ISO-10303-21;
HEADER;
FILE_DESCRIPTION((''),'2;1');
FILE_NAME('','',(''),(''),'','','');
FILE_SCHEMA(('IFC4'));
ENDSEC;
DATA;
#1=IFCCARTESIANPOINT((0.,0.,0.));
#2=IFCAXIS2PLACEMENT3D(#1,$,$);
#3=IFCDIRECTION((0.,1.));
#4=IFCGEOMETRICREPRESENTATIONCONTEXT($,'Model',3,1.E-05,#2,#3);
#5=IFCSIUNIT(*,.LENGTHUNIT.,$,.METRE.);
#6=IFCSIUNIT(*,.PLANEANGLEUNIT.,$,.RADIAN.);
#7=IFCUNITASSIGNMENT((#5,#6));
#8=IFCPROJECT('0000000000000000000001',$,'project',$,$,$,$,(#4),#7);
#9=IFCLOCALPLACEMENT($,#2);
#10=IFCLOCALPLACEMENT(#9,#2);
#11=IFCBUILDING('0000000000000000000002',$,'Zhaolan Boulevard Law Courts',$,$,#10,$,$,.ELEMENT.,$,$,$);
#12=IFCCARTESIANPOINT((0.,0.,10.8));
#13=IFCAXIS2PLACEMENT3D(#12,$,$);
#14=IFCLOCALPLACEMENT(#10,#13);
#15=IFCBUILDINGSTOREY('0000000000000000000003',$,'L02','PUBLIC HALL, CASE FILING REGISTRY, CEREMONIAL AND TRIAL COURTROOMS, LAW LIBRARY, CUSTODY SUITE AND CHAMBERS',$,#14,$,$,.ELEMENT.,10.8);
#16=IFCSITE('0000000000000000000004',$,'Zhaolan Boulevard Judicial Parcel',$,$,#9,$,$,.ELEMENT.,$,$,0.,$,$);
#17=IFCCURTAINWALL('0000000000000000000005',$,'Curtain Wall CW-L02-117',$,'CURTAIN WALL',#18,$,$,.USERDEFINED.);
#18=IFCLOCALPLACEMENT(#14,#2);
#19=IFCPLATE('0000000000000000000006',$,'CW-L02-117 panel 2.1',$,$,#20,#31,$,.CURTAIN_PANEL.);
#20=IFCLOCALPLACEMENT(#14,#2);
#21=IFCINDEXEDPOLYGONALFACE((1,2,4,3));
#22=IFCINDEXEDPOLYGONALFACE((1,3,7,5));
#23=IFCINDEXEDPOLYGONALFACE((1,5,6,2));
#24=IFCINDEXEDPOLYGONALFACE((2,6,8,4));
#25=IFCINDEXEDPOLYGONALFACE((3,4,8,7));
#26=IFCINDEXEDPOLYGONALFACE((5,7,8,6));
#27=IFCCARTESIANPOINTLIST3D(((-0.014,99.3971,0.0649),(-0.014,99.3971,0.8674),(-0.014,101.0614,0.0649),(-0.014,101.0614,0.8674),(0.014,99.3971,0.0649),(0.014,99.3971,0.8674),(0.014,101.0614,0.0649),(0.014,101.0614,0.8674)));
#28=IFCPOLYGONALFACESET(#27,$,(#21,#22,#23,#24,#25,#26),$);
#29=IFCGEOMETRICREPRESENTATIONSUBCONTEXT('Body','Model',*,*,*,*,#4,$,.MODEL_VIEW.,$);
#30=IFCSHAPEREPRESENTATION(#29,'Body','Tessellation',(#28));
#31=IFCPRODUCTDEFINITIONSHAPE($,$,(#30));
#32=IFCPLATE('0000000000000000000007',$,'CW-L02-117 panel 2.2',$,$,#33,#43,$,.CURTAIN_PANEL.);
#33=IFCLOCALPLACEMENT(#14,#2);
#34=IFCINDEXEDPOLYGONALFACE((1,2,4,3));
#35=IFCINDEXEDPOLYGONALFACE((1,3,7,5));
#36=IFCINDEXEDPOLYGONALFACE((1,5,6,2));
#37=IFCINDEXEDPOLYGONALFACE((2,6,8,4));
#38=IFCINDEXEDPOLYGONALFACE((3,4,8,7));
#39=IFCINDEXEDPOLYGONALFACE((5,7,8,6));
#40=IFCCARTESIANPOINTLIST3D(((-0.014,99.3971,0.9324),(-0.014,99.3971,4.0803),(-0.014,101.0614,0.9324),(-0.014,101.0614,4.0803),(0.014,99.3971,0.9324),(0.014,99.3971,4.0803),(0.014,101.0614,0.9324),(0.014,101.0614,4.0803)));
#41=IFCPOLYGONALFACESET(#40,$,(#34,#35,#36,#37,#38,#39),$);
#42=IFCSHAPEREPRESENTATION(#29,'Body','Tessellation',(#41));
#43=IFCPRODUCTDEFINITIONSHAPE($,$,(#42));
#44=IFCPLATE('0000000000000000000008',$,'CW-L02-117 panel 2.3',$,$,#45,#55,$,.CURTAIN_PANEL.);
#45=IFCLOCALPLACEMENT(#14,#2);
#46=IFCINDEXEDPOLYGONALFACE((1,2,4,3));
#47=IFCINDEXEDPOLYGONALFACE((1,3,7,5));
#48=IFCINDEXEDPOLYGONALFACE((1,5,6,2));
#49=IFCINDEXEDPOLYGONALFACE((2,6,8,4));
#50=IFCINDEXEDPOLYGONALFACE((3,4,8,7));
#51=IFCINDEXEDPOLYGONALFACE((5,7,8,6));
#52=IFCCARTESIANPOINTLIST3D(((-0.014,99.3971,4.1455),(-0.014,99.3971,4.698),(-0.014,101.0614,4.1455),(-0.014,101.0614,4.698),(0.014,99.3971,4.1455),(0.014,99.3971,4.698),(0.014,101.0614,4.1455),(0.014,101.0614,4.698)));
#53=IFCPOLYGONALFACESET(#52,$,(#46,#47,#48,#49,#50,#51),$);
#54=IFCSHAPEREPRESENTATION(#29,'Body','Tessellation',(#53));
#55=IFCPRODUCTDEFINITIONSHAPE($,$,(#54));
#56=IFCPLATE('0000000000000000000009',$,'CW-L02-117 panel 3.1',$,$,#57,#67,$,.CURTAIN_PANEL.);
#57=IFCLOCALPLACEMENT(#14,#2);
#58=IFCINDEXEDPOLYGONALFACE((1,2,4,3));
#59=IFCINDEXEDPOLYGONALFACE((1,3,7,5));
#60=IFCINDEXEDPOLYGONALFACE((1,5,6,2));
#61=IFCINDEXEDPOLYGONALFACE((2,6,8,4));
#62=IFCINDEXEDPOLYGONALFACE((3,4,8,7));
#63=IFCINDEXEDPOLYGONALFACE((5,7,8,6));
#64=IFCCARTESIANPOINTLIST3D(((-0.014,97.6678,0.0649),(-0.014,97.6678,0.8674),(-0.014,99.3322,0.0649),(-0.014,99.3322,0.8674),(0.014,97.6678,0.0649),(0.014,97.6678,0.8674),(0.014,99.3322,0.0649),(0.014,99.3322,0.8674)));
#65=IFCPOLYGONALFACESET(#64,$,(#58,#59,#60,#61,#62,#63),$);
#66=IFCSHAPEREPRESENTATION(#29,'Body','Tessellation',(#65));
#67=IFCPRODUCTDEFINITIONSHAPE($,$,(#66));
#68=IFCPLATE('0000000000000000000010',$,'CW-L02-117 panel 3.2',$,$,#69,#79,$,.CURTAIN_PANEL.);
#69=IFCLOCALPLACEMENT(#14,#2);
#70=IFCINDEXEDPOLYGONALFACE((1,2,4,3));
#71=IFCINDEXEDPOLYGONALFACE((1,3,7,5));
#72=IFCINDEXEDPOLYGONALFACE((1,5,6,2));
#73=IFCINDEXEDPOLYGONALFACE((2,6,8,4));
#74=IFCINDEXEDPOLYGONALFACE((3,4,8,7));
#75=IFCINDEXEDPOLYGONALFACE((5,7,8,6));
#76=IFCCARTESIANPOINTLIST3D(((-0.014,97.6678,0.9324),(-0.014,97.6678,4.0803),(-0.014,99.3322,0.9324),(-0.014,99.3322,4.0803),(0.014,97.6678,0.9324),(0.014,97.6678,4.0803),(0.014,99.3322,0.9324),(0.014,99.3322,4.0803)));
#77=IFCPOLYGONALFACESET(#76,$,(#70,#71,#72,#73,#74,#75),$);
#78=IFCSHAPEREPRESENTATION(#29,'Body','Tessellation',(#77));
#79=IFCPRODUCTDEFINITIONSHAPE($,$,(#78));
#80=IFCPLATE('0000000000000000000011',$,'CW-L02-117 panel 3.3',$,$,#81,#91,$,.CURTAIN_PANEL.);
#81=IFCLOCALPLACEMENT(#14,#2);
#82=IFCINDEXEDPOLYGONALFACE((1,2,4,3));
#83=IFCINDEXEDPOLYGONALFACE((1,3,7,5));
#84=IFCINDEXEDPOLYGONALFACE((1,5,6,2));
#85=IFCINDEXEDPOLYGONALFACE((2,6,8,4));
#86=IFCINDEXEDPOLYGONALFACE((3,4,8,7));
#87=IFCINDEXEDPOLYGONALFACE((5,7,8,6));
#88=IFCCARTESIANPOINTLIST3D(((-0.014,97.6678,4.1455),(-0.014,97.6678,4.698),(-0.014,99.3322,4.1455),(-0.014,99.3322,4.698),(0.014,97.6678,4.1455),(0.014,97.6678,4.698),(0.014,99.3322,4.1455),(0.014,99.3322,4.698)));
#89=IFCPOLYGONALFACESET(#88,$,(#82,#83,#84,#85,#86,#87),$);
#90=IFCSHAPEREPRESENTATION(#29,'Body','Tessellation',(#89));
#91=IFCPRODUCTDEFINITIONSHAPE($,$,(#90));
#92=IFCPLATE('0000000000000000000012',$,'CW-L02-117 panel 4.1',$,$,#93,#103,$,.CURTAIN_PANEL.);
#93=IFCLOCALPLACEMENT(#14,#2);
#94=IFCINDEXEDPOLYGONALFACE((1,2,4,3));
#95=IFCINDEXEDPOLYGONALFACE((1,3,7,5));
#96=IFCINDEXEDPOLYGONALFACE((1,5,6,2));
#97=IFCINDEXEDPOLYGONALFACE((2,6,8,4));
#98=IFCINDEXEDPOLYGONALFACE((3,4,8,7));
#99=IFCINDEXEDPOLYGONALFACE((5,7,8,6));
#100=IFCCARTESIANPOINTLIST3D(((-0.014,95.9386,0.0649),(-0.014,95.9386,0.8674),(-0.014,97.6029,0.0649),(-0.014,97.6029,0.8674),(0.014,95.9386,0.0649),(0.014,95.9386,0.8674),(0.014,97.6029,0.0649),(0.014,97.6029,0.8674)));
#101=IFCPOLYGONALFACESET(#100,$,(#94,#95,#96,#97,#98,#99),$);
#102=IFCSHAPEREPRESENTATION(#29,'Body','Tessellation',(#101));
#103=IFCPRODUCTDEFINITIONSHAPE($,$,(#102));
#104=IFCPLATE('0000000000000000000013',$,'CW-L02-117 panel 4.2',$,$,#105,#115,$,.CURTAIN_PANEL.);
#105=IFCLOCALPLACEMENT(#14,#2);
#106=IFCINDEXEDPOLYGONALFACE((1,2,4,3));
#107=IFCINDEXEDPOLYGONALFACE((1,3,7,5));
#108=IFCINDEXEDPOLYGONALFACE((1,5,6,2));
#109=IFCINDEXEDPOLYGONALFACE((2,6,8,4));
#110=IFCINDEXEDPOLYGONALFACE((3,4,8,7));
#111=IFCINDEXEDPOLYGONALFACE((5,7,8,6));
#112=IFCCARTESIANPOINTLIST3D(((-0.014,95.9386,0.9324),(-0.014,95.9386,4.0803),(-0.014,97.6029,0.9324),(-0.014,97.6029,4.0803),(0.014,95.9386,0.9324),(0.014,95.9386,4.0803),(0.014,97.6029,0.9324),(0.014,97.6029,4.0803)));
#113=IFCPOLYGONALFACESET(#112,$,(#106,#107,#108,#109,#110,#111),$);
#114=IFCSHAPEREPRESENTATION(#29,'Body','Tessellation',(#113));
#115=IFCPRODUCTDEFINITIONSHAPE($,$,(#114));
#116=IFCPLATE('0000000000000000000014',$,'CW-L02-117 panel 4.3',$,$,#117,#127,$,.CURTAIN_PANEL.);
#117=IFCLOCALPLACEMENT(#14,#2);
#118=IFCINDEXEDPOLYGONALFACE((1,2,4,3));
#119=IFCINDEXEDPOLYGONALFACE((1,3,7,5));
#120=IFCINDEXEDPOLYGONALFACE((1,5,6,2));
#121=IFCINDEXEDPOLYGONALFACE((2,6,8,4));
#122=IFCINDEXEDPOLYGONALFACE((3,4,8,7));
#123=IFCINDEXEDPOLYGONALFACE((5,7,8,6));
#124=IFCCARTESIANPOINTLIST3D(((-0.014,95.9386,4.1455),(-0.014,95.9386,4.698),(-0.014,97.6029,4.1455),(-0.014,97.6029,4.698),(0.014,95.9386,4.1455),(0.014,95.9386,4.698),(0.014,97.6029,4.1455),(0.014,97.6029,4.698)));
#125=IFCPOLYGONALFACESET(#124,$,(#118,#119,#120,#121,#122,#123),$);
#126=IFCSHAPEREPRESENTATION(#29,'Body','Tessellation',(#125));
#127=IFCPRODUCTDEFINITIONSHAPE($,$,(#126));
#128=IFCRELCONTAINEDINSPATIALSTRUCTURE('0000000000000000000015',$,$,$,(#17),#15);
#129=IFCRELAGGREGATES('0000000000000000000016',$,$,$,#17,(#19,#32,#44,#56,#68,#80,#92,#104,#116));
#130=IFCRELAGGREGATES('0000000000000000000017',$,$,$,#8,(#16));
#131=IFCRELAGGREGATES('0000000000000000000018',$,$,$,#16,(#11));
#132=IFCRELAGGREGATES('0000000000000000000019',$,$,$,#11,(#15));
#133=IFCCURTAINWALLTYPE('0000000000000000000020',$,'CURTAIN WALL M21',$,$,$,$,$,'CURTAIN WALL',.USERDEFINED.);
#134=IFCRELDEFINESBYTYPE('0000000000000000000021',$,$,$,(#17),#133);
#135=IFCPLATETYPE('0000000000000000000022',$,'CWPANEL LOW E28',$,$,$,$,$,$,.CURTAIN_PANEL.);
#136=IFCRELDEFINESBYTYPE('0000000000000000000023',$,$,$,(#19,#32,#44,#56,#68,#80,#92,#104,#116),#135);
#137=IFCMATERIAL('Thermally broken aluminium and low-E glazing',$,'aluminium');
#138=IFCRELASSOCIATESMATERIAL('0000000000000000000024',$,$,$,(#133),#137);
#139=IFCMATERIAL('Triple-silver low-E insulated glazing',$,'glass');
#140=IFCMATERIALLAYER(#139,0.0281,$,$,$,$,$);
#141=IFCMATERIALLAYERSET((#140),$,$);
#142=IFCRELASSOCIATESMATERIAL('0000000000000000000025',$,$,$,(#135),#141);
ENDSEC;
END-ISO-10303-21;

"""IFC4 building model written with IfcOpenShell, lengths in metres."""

from ifc_helpers import new_model, si_unit, direction, frame, origin, origin_2d, place, context, subcontext, project, spatial, rectangle, extrude, material, layer, layer_set, type_object, element, aggregate, save


model = new_model("IFC4")

# Units and contexts
model_context = context("Model", 3, precision=1e-05, world=origin(), true_north=direction((0.0, 1.0)))
body_context = subcontext(model_context, "Body", "Model", "MODEL_VIEW")
ifc_project = project(units=[si_unit("LENGTHUNIT", "METRE"), si_unit("PLANEANGLEUNIT", "RADIAN")], contexts=[model_context])

# Site, building, storey
site_placement = place(None, origin())
site = spatial("IfcSite", under=ifc_project, at=site_placement, Name="Zhaolan Boulevard Judicial Parcel", CompositionType="ELEMENT", RefElevation=0.0)
building_placement = place(site_placement, origin())
building = spatial("IfcBuilding", under=site, at=building_placement, Name="Zhaolan Boulevard Law Courts", CompositionType="ELEMENT")
storey_placement = place(building_placement, frame((0.0, 0.0, 10.8)))
storey = spatial("IfcBuildingStorey", under=building, at=storey_placement, Name="L02", Description="PUBLIC HALL, CASE FILING REGISTRY, CEREMONIAL AND TRIAL COURTROOMS, LAW LIBRARY, CUSTODY SUITE AND CHAMBERS", CompositionType="ELEMENT", Elevation=10.8)

# Curtain wall, plates
ifc_material_1 = material(Name="Thermally broken aluminium and low-E glazing", Category="aluminium")
curtain_wall_type = type_object("IfcCurtainWallType", Name="CURTAIN WALL M21", ElementType="CURTAIN WALL", PredefinedType="USERDEFINED", material=ifc_material_1)
curtain_wall_placement = place(storey_placement, origin())
curtain_wall = element("IfcCurtainWall", 1, at=curtain_wall_placement, inside=storey, type_object=curtain_wall_type, Name="Curtain Wall CW-L02-117", ObjectType="CURTAIN WALL", PredefinedType="USERDEFINED")
ifc_material_2 = material(Name="Triple-silver low-E insulated glazing", Category="glass")
ifc_layer = layer(ifc_material_2, 0.0281)
ifc_layer_set = layer_set([ifc_layer])
plate_type = type_object("IfcPlateType", Name="CWPANEL LOW E28", PredefinedType="CURTAIN_PANEL", material=ifc_layer_set)
plate_1_placement = place(storey_placement, frame((0.0, 100.2292, 0.0649), z_axis=(0.0, 0.0, 1.0), x_axis=(0.0, -1.0, 0.0)))
plate_1 = element("IfcPlate", 2, at=plate_1_placement, type_object=plate_type, Name="CW-L02-117 panel 2.1", PredefinedType="CURTAIN_PANEL", context=body_context, shape_type="SweptSolid", body=[
    extrude(rectangle(XDim=1.6643, YDim=0.0281, at=origin_2d()), origin(), (0.0, 0.0, 1.0), 0.8025),
])
plate_2_placement = place(storey_placement, frame((0.0, 100.2292, 0.9324), z_axis=(0.0, 0.0, 1.0), x_axis=(0.0, -1.0, 0.0)))
plate_2 = element("IfcPlate", 3, at=plate_2_placement, type_object=plate_type, Name="CW-L02-117 panel 2.2", PredefinedType="CURTAIN_PANEL", context=body_context, shape_type="SweptSolid", body=[
    extrude(rectangle(XDim=1.6643, YDim=0.0281, at=origin_2d()), origin(), (0.0, 0.0, 1.0), 3.1479),
])
plate_3_placement = place(storey_placement, frame((0.0, 100.2292, 4.1455), z_axis=(0.0, 0.0, 1.0), x_axis=(0.0, -1.0, 0.0)))
plate_3 = element("IfcPlate", 4, at=plate_3_placement, type_object=plate_type, Name="CW-L02-117 panel 2.3", PredefinedType="CURTAIN_PANEL", context=body_context, shape_type="SweptSolid", body=[
    extrude(rectangle(XDim=1.6643, YDim=0.0281, at=origin_2d()), origin(), (0.0, 0.0, 1.0), 0.5525),
])
plate_4_placement = place(storey_placement, frame((0.0, 98.5, 0.0649), z_axis=(0.0, 0.0, 1.0), x_axis=(0.0, -1.0, 0.0)))
plate_4 = element("IfcPlate", 5, at=plate_4_placement, type_object=plate_type, Name="CW-L02-117 panel 3.1", PredefinedType="CURTAIN_PANEL", context=body_context, shape_type="SweptSolid", body=[
    extrude(rectangle(XDim=1.6643, YDim=0.0281, at=origin_2d()), origin(), (0.0, 0.0, 1.0), 0.8025),
])
plate_5_placement = place(storey_placement, frame((0.0, 98.5, 0.9324), z_axis=(0.0, 0.0, 1.0), x_axis=(0.0, -1.0, 0.0)))
plate_5 = element("IfcPlate", 6, at=plate_5_placement, type_object=plate_type, Name="CW-L02-117 panel 3.2", PredefinedType="CURTAIN_PANEL", context=body_context, shape_type="SweptSolid", body=[
    extrude(rectangle(XDim=1.6643, YDim=0.0281, at=origin_2d()), origin(), (0.0, 0.0, 1.0), 3.1479),
])
plate_6_placement = place(storey_placement, frame((0.0, 98.5, 4.1455), z_axis=(0.0, 0.0, 1.0), x_axis=(0.0, -1.0, 0.0)))
plate_6 = element("IfcPlate", 7, at=plate_6_placement, type_object=plate_type, Name="CW-L02-117 panel 3.3", PredefinedType="CURTAIN_PANEL", context=body_context, shape_type="SweptSolid", body=[
    extrude(rectangle(XDim=1.6643, YDim=0.0281, at=origin_2d()), origin(), (0.0, 0.0, 1.0), 0.5525),
])
plate_7_placement = place(storey_placement, frame((0.0, 96.7708, 0.0649), z_axis=(0.0, 0.0, 1.0), x_axis=(0.0, -1.0, 0.0)))
plate_7 = element("IfcPlate", 8, at=plate_7_placement, type_object=plate_type, Name="CW-L02-117 panel 4.1", PredefinedType="CURTAIN_PANEL", context=body_context, shape_type="SweptSolid", body=[
    extrude(rectangle(XDim=1.6643, YDim=0.0281, at=origin_2d()), origin(), (0.0, 0.0, 1.0), 0.8025),
])
plate_8_placement = place(storey_placement, frame((0.0, 96.7708, 0.9324), z_axis=(0.0, 0.0, 1.0), x_axis=(0.0, -1.0, 0.0)))
plate_8 = element("IfcPlate", 9, at=plate_8_placement, type_object=plate_type, Name="CW-L02-117 panel 4.2", PredefinedType="CURTAIN_PANEL", context=body_context, shape_type="SweptSolid", body=[
    extrude(rectangle(XDim=1.6643, YDim=0.0281, at=origin_2d()), origin(), (0.0, 0.0, 1.0), 3.1479),
])
plate_9_placement = place(storey_placement, frame((0.0, 96.7708, 4.1455), z_axis=(0.0, 0.0, 1.0), x_axis=(0.0, -1.0, 0.0)))
plate_9 = element("IfcPlate", 10, at=plate_9_placement, type_object=plate_type, Name="CW-L02-117 panel 4.3", PredefinedType="CURTAIN_PANEL", context=body_context, shape_type="SweptSolid", body=[
    extrude(rectangle(XDim=1.6643, YDim=0.0281, at=origin_2d()), origin(), (0.0, 0.0, 1.0), 0.5525),
])
aggregate(curtain_wall, [plate_1, plate_2, plate_3, plate_4, plate_5, plate_6, plate_7, plate_8, plate_9])

save(model, "model.ifc")
